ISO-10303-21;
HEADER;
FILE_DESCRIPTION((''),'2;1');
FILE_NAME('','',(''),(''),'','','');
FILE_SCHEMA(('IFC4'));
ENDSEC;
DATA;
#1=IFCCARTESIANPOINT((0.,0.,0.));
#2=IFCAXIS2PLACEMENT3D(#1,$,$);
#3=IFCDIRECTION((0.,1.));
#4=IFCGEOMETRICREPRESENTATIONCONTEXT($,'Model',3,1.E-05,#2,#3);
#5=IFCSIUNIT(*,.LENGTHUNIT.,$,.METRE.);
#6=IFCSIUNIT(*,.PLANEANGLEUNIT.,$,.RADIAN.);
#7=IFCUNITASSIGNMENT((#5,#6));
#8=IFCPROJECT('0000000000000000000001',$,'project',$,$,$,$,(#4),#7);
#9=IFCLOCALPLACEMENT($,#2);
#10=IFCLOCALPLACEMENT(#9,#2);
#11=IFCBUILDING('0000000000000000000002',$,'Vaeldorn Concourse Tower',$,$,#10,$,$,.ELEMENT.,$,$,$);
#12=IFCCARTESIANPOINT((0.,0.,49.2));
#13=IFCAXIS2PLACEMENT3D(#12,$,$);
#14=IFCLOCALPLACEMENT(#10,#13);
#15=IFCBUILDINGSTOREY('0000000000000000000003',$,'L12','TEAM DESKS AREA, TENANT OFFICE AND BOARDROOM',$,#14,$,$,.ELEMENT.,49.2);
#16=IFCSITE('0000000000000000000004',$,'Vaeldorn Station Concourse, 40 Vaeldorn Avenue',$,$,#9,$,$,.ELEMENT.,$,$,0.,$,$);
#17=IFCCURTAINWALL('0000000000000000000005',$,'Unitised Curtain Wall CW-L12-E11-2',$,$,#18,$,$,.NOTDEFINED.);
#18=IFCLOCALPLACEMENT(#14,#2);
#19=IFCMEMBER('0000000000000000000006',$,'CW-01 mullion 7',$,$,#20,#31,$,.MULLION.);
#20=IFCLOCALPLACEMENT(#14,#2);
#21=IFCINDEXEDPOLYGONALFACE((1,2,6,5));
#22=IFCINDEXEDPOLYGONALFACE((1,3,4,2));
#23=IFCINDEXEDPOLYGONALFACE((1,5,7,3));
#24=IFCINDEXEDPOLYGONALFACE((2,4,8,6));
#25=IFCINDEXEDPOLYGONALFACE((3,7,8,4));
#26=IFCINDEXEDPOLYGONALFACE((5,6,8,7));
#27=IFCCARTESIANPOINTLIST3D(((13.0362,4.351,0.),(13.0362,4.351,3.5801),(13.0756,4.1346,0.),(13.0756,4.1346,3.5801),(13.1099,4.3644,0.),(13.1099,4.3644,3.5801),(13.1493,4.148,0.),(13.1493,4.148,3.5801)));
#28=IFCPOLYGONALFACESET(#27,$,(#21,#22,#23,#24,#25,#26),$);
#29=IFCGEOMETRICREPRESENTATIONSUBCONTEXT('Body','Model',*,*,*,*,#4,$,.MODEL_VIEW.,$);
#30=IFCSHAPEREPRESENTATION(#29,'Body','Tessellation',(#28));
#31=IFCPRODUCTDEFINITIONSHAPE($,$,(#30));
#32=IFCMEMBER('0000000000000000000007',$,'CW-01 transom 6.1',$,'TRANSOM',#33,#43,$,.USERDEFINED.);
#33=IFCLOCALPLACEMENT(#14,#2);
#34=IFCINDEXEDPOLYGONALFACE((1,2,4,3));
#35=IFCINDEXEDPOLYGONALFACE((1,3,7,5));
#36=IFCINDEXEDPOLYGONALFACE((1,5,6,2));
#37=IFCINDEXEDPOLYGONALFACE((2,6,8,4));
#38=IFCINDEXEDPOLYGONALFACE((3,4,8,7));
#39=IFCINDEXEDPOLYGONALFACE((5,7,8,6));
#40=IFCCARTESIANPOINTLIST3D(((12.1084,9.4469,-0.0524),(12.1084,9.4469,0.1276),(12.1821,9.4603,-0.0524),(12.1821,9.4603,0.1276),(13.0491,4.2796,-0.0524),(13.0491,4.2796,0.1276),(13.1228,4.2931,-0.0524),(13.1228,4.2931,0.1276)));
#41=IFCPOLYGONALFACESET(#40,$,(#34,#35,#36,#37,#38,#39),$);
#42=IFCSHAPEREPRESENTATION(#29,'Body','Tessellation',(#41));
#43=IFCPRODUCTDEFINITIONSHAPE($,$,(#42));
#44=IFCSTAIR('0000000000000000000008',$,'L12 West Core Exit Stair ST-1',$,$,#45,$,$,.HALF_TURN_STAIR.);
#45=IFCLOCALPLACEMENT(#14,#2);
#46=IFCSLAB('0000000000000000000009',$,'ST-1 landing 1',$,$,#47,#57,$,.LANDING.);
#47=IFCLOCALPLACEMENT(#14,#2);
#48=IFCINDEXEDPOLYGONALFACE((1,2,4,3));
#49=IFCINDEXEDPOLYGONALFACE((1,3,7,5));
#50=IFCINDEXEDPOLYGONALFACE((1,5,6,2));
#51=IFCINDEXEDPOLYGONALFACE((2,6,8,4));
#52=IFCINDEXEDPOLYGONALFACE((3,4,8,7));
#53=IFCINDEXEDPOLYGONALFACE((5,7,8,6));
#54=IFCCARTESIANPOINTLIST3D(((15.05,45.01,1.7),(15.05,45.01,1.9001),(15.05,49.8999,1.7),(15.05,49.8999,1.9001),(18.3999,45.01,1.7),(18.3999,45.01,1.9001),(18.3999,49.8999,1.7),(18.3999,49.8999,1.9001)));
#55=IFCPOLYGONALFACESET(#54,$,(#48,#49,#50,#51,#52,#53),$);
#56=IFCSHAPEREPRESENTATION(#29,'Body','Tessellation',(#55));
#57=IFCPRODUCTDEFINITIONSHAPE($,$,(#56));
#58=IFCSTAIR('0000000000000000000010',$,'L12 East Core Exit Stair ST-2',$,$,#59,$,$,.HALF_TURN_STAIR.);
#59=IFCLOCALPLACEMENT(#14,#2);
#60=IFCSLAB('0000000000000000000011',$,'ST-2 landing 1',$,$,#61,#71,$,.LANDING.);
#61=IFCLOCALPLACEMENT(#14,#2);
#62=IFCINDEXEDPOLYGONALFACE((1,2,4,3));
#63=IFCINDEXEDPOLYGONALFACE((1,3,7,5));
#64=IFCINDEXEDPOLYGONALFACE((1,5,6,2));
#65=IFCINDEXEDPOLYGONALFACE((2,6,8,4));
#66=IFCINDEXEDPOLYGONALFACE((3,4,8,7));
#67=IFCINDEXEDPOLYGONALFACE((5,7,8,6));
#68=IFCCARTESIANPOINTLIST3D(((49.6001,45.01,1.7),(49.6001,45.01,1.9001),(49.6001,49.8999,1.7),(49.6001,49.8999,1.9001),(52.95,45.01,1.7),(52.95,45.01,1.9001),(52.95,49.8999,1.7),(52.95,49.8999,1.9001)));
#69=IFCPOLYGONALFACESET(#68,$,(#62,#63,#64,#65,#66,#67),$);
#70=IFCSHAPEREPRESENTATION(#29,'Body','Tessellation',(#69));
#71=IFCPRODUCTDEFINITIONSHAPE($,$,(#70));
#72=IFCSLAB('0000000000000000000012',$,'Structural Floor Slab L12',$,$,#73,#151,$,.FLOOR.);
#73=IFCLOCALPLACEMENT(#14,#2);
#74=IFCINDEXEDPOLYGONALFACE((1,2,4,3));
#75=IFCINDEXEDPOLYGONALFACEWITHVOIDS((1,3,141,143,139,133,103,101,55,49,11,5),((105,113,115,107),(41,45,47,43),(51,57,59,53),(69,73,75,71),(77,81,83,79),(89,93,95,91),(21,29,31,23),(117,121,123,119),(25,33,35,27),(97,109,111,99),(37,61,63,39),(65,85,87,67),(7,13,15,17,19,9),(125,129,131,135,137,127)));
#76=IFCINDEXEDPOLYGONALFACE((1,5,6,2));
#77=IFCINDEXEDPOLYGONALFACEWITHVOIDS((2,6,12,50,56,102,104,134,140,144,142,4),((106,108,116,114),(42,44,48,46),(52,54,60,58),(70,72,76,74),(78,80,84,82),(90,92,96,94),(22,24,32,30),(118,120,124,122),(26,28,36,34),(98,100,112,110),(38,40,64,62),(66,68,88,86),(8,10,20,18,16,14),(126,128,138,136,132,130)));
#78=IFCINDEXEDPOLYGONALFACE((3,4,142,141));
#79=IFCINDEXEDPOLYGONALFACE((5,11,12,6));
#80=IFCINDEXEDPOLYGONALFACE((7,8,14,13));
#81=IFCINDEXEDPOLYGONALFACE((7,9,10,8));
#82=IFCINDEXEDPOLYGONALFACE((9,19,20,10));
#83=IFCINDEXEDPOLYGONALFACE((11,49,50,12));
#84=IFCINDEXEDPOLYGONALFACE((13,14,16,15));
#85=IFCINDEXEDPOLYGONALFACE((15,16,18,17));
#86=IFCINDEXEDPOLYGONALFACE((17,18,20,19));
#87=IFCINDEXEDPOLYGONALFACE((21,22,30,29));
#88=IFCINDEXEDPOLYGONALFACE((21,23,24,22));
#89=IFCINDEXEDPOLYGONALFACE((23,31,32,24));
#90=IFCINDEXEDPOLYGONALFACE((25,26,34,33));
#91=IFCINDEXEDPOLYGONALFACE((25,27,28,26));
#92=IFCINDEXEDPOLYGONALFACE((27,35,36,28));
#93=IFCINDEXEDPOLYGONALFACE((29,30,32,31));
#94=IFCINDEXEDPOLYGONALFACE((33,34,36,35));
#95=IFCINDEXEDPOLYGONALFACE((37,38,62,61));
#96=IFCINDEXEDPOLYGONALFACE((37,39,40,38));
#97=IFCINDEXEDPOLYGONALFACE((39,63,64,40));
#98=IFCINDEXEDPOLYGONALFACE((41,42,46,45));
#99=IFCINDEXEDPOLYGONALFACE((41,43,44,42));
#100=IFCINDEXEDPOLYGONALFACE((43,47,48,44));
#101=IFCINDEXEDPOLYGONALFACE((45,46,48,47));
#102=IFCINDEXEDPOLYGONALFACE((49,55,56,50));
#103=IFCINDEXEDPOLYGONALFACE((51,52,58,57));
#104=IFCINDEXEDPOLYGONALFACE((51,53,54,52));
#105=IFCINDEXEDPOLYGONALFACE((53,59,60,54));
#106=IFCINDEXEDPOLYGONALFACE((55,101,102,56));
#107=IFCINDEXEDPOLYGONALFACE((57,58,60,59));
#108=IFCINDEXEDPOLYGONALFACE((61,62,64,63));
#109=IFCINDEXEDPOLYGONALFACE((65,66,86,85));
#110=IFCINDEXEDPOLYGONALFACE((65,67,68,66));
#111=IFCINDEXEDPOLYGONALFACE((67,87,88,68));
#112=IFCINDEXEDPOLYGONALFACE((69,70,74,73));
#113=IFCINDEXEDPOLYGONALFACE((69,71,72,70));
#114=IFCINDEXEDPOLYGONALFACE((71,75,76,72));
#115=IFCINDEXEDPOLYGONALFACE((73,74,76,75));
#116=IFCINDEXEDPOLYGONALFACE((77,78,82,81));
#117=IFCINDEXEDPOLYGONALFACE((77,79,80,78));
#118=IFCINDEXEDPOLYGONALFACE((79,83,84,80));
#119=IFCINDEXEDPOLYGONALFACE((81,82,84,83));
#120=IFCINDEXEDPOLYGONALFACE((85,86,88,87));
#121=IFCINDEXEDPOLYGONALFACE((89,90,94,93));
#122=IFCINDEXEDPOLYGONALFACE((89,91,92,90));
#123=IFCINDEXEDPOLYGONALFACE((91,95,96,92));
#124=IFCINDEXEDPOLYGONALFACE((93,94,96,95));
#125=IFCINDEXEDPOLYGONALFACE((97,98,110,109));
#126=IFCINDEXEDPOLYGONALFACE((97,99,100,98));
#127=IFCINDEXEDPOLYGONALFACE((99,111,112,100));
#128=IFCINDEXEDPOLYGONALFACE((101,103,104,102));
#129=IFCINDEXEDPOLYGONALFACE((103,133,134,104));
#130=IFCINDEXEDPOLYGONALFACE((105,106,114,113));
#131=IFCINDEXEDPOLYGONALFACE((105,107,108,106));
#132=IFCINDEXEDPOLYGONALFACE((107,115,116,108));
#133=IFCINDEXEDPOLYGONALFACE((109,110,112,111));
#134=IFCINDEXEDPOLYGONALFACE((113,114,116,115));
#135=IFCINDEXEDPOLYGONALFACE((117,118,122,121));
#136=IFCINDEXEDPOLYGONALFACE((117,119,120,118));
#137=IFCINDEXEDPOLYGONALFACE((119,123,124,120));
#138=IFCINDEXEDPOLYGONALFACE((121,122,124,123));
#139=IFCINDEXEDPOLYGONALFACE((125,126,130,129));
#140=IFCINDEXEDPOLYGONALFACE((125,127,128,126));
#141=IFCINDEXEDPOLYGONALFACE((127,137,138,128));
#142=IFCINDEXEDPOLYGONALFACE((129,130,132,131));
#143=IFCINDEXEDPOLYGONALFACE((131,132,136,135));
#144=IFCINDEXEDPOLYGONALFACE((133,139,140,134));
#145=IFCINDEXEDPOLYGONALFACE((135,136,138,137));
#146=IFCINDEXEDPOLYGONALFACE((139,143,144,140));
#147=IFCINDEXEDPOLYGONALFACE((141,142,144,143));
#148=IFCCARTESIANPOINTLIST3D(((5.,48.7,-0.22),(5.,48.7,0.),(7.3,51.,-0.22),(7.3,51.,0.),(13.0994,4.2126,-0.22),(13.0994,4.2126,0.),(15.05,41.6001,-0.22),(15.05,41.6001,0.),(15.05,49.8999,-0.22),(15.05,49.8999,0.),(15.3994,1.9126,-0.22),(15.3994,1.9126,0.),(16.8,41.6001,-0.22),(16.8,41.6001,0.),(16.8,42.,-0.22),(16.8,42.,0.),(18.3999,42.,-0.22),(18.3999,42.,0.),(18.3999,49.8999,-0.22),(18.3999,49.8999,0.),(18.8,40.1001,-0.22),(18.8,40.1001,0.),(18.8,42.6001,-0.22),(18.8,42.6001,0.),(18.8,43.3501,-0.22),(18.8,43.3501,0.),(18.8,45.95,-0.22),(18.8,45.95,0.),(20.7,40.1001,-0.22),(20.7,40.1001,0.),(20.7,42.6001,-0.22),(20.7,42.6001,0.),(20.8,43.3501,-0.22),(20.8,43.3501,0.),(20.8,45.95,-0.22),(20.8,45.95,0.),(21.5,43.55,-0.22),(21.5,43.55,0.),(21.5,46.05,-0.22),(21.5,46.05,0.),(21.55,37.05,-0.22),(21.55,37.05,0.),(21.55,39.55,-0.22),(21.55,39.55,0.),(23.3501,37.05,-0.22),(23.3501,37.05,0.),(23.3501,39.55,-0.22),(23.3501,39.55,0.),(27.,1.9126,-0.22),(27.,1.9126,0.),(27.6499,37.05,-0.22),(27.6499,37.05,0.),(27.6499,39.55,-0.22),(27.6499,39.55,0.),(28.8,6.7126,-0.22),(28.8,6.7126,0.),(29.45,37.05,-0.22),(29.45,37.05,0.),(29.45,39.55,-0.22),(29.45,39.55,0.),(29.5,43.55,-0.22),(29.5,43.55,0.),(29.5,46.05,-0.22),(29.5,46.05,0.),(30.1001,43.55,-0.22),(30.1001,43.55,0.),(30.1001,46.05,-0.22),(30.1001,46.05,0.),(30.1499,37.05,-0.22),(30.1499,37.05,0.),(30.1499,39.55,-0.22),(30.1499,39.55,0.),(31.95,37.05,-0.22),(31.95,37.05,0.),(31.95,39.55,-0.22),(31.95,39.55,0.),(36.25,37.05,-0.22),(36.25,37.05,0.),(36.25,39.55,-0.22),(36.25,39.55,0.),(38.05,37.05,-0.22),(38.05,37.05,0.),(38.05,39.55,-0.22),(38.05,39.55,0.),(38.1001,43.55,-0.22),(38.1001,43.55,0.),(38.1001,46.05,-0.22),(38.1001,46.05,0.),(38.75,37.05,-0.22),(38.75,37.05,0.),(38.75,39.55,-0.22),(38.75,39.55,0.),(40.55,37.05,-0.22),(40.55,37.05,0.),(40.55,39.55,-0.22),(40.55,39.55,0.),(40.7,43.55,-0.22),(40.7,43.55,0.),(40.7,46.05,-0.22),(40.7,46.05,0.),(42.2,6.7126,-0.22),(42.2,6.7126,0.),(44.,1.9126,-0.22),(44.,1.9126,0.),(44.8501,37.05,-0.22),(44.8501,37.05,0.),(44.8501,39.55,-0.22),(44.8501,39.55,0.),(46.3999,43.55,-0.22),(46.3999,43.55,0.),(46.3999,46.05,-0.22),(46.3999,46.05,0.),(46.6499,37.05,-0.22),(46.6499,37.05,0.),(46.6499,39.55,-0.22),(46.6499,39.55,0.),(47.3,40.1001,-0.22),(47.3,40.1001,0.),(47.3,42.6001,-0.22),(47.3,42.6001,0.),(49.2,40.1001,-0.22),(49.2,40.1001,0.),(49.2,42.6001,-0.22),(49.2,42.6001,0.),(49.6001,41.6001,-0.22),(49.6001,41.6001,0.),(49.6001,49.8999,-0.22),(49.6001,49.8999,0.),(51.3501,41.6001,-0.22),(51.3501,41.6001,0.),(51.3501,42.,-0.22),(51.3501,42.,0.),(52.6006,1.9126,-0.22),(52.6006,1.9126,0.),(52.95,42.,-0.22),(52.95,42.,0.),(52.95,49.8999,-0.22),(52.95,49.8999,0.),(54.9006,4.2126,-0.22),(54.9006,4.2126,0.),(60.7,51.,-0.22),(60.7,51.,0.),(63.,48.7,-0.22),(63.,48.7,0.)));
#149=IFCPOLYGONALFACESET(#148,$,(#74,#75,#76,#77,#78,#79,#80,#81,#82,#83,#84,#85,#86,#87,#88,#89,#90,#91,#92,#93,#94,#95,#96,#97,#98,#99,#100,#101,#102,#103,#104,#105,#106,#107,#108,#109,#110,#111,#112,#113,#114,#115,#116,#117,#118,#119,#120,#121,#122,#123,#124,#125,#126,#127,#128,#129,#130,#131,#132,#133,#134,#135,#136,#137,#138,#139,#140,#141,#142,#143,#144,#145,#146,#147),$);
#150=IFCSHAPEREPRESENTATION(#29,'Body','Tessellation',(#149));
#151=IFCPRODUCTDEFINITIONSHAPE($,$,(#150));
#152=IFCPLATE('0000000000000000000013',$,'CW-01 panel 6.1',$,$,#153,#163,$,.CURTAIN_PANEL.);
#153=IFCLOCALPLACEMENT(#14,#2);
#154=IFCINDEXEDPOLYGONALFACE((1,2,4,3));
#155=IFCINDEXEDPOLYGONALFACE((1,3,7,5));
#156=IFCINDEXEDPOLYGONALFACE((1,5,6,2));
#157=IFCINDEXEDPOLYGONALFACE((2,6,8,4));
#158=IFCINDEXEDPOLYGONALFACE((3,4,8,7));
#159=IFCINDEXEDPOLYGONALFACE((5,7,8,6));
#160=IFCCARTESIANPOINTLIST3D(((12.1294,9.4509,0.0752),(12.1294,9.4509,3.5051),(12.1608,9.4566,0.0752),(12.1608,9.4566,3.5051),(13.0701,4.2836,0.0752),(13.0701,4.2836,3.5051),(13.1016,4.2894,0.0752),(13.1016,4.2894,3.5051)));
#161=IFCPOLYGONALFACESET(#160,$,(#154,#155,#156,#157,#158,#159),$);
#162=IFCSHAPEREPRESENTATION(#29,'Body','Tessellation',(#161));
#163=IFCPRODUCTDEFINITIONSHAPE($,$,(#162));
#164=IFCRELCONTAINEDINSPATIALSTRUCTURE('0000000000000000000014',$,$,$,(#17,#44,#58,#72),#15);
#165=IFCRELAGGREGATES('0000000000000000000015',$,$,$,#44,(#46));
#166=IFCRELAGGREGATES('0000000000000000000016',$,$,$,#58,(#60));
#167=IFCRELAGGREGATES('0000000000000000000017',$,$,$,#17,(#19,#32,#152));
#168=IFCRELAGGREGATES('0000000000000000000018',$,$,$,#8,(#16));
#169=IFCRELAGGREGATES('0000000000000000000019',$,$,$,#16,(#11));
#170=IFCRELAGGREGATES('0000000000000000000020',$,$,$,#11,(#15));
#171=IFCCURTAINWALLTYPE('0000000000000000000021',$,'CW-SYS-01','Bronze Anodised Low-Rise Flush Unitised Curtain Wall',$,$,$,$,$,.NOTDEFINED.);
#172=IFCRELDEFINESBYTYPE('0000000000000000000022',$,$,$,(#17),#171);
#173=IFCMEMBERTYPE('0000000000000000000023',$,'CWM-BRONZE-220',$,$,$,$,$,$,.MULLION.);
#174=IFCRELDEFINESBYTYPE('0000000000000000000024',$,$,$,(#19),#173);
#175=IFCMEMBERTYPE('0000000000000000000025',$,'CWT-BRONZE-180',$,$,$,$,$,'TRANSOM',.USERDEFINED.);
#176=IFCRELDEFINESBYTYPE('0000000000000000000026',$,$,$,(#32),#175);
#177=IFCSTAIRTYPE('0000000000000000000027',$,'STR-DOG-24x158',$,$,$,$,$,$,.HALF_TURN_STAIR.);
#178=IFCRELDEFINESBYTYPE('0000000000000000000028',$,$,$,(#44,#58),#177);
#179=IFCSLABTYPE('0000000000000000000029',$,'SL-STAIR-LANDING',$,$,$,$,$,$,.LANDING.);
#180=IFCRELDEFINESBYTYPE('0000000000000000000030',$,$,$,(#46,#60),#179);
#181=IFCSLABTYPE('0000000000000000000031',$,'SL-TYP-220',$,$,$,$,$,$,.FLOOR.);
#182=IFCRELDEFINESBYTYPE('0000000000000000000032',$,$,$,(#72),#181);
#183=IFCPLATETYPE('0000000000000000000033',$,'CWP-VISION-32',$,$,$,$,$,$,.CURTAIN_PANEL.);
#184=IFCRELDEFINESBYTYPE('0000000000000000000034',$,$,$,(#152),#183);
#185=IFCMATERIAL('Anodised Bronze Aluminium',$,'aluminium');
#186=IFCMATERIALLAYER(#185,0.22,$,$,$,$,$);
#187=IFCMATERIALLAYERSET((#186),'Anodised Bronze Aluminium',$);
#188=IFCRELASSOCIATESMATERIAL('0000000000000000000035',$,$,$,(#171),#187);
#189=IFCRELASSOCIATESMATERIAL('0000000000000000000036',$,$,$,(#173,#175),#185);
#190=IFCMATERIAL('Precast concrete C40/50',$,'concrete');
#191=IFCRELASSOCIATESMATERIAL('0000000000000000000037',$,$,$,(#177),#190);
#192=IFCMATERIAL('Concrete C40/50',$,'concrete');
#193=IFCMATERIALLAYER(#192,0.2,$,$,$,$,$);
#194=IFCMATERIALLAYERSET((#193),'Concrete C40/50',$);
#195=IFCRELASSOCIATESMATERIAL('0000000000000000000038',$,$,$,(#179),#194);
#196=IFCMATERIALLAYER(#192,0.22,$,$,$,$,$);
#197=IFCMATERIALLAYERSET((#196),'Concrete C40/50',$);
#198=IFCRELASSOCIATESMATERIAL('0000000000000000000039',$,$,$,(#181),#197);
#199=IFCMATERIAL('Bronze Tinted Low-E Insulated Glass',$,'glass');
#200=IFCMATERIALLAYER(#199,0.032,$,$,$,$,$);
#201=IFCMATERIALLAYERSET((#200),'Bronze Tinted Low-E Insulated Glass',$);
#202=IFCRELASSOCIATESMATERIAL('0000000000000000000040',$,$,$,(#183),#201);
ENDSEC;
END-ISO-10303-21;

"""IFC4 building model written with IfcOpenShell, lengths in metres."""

from ifc_helpers import new_model, si_unit, direction, frame, origin, origin_2d, place, context, subcontext, project, spatial, polyline, rectangle, outline, extrude, source, transform, mapped, material, layer, layer_set, material_profile, profile_set, type_object, element, aggregate, save


model = new_model("IFC4")

# Units and contexts
model_context = context("Model", 3, precision=1e-05, world=origin(), true_north=direction((0.0, 1.0)))
body_context = subcontext(model_context, "Body", "Model", "MODEL_VIEW")
ifc_project = project(units=[si_unit("LENGTHUNIT", "METRE"), si_unit("PLANEANGLEUNIT", "RADIAN")], contexts=[model_context])

# Site, building, storey
site_placement = place(None, origin())
site = spatial("IfcSite", under=ifc_project, at=site_placement, Name="Vaeldorn Station Concourse, 40 Vaeldorn Avenue", CompositionType="ELEMENT", RefElevation=0.0)
building_placement = place(site_placement, origin())
building = spatial("IfcBuilding", under=site, at=building_placement, Name="Vaeldorn Concourse Tower", CompositionType="ELEMENT")
storey_placement = place(building_placement, frame((0.0, 0.0, 49.2)))
storey = spatial("IfcBuildingStorey", under=building, at=storey_placement, Name="L12", Description="TEAM DESKS AREA, TENANT OFFICE AND BOARDROOM", CompositionType="ELEMENT", Elevation=49.2)

# Curtain wall, members
ifc_material_1 = material(Name="Anodised Bronze Aluminium", Category="aluminium")
ifc_layer_1 = layer(ifc_material_1, 0.22)
ifc_layer_set_1 = layer_set([ifc_layer_1], Name="Anodised Bronze Aluminium")
curtain_wall_type = type_object("IfcCurtainWallType", Name="CW-SYS-01", Description="Bronze Anodised Low-Rise Flush Unitised Curtain Wall", PredefinedType="NOTDEFINED", material=ifc_layer_set_1)
curtain_wall_placement = place(storey_placement, origin())
curtain_wall = element("IfcCurtainWall", 1, at=curtain_wall_placement, inside=storey, type_object=curtain_wall_type, Name="Unitised Curtain Wall CW-L12-E11-2", PredefinedType="NOTDEFINED")
ifc_material_profile_1 = material_profile(ifc_material_1, rectangle(XDim=0.075, YDim=0.22, at=origin_2d()), Name="CWM 75x220")
ifc_profile_set_1 = profile_set([ifc_material_profile_1], Name="Anodised Bronze Aluminium")
member_type_1 = type_object("IfcMemberType", Name="CWM-BRONZE-220", PredefinedType="MULLION", material=ifc_profile_set_1)
shared_shape_1 = source(origin(), body_context, "Body", "SweptSolid", [
    extrude(rectangle(XDim=0.075, YDim=0.22, at=origin_2d()), origin(), (0.0, 0.0, 1.0), 3.5801),
])
member_1_placement = place(storey_placement, frame((13.0928, 4.2495, 0.0), z_axis=(0.0, 0.0, 1.0), x_axis=(0.983828, 0.179117, 0.0)))
member_1 = element("IfcMember", 2, at=member_1_placement, type_object=member_type_1, Name="CW-01 mullion 7", PredefinedType="MULLION", context=body_context, shape_type="MappedRepresentation", body=[
    mapped(shared_shape_1, transform((0.0, 0.0, 0.0), scale=1.0)),
])
ifc_material_profile_2 = material_profile(ifc_material_1, rectangle(XDim=0.075, YDim=0.1799, at=origin_2d()), Name="CWT 75x180")
ifc_profile_set_2 = profile_set([ifc_material_profile_2], Name="Anodised Bronze Aluminium")
member_type_2 = type_object("IfcMemberType", Name="CWT-BRONZE-180", ElementType="TRANSOM", PredefinedType="USERDEFINED", material=ifc_profile_set_2)
shared_shape_2 = source(origin(), body_context, "Body", "SweptSolid", [
    extrude(rectangle(XDim=0.075, YDim=0.1799, at=origin_2d()), origin(), (0.0, 0.0, 1.0), 5.2522),
])
member_2_placement = place(storey_placement, frame((12.1453, 9.4536, 0.0376), z_axis=(0.179102, -0.98383, 0.0), x_axis=(0.98383, 0.179102, 0.0)))
member_2 = element("IfcMember", 3, at=member_2_placement, type_object=member_type_2, Name="CW-01 transom 6.1", ObjectType="TRANSOM", PredefinedType="USERDEFINED", context=body_context, shape_type="MappedRepresentation", body=[
    mapped(shared_shape_2, transform((0.0, 0.0, 0.0), scale=1.0)),
])

# Stairs, slabs
ifc_material_2 = material(Name="Precast concrete C40/50", Category="concrete")
stair_type = type_object("IfcStairType", Name="STR-DOG-24x158", PredefinedType="HALF_TURN_STAIR", material=ifc_material_2)
stair_1_placement = place(storey_placement, origin())
stair_1 = element("IfcStair", 4, at=stair_1_placement, inside=storey, type_object=stair_type, Name="L12 West Core Exit Stair ST-1", PredefinedType="HALF_TURN_STAIR")
ifc_material_3 = material(Name="Concrete C40/50", Category="concrete")
ifc_layer_2 = layer(ifc_material_3, 0.2)
ifc_layer_set_2 = layer_set([ifc_layer_2], Name="Concrete C40/50")
slab_type_1 = type_object("IfcSlabType", Name="SL-STAIR-LANDING", PredefinedType="LANDING", material=ifc_layer_set_2)
slab_1_placement = place(storey_placement, frame((0.0, 0.0, 1.7)))
slab_1 = element("IfcSlab", 5, at=slab_1_placement, type_object=slab_type_1, Name="ST-1 landing 1", PredefinedType="LANDING", context=body_context, shape_type="SweptSolid", body=[
    extrude(outline(polyline([(18.3999, 45.01), (18.3999, 49.8999), (15.05, 49.8999), (15.05, 45.01), (18.3999, 45.01)])), origin(), (0.0, 0.0, 1.0), 0.2002),
])
aggregate(stair_1, [slab_1])
stair_2_placement = place(storey_placement, origin())
stair_2 = element("IfcStair", 6, at=stair_2_placement, inside=storey, type_object=stair_type, Name="L12 East Core Exit Stair ST-2", PredefinedType="HALF_TURN_STAIR")
slab_2_placement = place(storey_placement, frame((0.0, 0.0, 1.7)))
slab_2 = element("IfcSlab", 7, at=slab_2_placement, type_object=slab_type_1, Name="ST-2 landing 1", PredefinedType="LANDING", context=body_context, shape_type="SweptSolid", body=[
    extrude(outline(polyline([(52.95, 45.01), (52.95, 49.8999), (49.6001, 49.8999), (49.6001, 45.01), (52.95, 45.01)])), origin(), (0.0, 0.0, 1.0), 0.2002),
])
aggregate(stair_2, [slab_2])

# Slab
ifc_layer_3 = layer(ifc_material_3, 0.22)
ifc_layer_set_3 = layer_set([ifc_layer_3], Name="Concrete C40/50")
slab_type_2 = type_object("IfcSlabType", Name="SL-TYP-220", PredefinedType="FLOOR", material=ifc_layer_set_3)
slab_3_placement = place(storey_placement, frame((0.0, 0.0, -0.22)))
element("IfcSlab", 8, at=slab_3_placement, inside=storey, type_object=slab_type_2, Name="Structural Floor Slab L12", PredefinedType="FLOOR", context=body_context, shape_type="SweptSolid", body=[
    extrude(outline(polyline([(15.3994, 1.9126), (27.0, 1.9126), (28.8, 6.7126), (42.2, 6.7126), (44.0, 1.9126), (52.6006, 1.9126), (54.9006, 4.2126), (63.0, 48.7), (60.7, 51.0), (7.3, 51.0), (5.0, 48.7), (13.0994, 4.2126), (15.3994, 1.9126)]), holes=[polyline([(18.3999, 42.0), (18.3999, 49.8999), (15.05, 49.8999), (15.05, 41.6001), (16.8, 41.6001), (16.8, 42.0), (18.3999, 42.0)]), polyline([(52.95, 42.0), (52.95, 49.8999), (49.6001, 49.8999), (49.6001, 41.6001), (51.3501, 41.6001), (51.3501, 42.0), (52.95, 42.0)]), polyline([(21.55, 37.05), (23.3501, 37.05), (23.3501, 39.55), (21.55, 39.55), (21.55, 37.05)]), polyline([(27.6499, 37.05), (29.45, 37.05), (29.45, 39.55), (27.6499, 39.55), (27.6499, 37.05)]), polyline([(21.5, 43.55), (29.5, 43.55), (29.5, 46.05), (21.5, 46.05), (21.5, 43.55)]), polyline([(30.1499, 37.05), (31.95, 37.05), (31.95, 39.55), (30.1499, 39.55), (30.1499, 37.05)]), polyline([(36.25, 37.05), (38.05, 37.05), (38.05, 39.55), (36.25, 39.55), (36.25, 37.05)]), polyline([(30.1001, 43.55), (38.1001, 43.55), (38.1001, 46.05), (30.1001, 46.05), (30.1001, 43.55)]), polyline([(38.75, 37.05), (40.55, 37.05), (40.55, 39.55), (38.75, 39.55), (38.75, 37.05)]), polyline([(44.8501, 37.05), (46.6499, 37.05), (46.6499, 39.55), (44.8501, 39.55), (44.8501, 37.05)]), polyline([(40.7, 43.55), (46.3999, 43.55), (46.3999, 46.05), (40.7, 46.05), (40.7, 43.55)]), polyline([(18.8, 43.3501), (20.8, 43.3501), (20.8, 45.95), (18.8, 45.95), (18.8, 43.3501)]), polyline([(18.8, 40.1001), (20.7, 40.1001), (20.7, 42.6001), (18.8, 42.6001), (18.8, 40.1001)]), polyline([(47.3, 40.1001), (49.2, 40.1001), (49.2, 42.6001), (47.3, 42.6001), (47.3, 40.1001)])]), origin(), (0.0, 0.0, 1.0), 0.22),
])

# Plate
ifc_material_4 = material(Name="Bronze Tinted Low-E Insulated Glass", Category="glass")
ifc_layer_4 = layer(ifc_material_4, 0.032)
ifc_layer_set_4 = layer_set([ifc_layer_4], Name="Bronze Tinted Low-E Insulated Glass")
plate_type = type_object("IfcPlateType", Name="CWP-VISION-32", PredefinedType="CURTAIN_PANEL", material=ifc_layer_set_4)
shared_shape_3 = source(origin(), body_context, "Body", "SweptSolid", [
    extrude(rectangle(XDim=5.2522, YDim=0.032, at=origin_2d()), origin(), (0.0, 0.0, 1.0), 3.4299),
])
plate_placement = place(storey_placement, frame((12.6155, 6.8701, 0.0752), z_axis=(0.0, 0.0, 1.0), x_axis=(0.179117, -0.983828, 0.0)))
plate = element("IfcPlate", 9, at=plate_placement, type_object=plate_type, Name="CW-01 panel 6.1", PredefinedType="CURTAIN_PANEL", context=body_context, shape_type="MappedRepresentation", body=[
    mapped(shared_shape_3, transform((0.0, 0.0, 0.0), scale=1.0)),
])
aggregate(curtain_wall, [member_1, member_2, plate])

save(model, "model.ifc")
